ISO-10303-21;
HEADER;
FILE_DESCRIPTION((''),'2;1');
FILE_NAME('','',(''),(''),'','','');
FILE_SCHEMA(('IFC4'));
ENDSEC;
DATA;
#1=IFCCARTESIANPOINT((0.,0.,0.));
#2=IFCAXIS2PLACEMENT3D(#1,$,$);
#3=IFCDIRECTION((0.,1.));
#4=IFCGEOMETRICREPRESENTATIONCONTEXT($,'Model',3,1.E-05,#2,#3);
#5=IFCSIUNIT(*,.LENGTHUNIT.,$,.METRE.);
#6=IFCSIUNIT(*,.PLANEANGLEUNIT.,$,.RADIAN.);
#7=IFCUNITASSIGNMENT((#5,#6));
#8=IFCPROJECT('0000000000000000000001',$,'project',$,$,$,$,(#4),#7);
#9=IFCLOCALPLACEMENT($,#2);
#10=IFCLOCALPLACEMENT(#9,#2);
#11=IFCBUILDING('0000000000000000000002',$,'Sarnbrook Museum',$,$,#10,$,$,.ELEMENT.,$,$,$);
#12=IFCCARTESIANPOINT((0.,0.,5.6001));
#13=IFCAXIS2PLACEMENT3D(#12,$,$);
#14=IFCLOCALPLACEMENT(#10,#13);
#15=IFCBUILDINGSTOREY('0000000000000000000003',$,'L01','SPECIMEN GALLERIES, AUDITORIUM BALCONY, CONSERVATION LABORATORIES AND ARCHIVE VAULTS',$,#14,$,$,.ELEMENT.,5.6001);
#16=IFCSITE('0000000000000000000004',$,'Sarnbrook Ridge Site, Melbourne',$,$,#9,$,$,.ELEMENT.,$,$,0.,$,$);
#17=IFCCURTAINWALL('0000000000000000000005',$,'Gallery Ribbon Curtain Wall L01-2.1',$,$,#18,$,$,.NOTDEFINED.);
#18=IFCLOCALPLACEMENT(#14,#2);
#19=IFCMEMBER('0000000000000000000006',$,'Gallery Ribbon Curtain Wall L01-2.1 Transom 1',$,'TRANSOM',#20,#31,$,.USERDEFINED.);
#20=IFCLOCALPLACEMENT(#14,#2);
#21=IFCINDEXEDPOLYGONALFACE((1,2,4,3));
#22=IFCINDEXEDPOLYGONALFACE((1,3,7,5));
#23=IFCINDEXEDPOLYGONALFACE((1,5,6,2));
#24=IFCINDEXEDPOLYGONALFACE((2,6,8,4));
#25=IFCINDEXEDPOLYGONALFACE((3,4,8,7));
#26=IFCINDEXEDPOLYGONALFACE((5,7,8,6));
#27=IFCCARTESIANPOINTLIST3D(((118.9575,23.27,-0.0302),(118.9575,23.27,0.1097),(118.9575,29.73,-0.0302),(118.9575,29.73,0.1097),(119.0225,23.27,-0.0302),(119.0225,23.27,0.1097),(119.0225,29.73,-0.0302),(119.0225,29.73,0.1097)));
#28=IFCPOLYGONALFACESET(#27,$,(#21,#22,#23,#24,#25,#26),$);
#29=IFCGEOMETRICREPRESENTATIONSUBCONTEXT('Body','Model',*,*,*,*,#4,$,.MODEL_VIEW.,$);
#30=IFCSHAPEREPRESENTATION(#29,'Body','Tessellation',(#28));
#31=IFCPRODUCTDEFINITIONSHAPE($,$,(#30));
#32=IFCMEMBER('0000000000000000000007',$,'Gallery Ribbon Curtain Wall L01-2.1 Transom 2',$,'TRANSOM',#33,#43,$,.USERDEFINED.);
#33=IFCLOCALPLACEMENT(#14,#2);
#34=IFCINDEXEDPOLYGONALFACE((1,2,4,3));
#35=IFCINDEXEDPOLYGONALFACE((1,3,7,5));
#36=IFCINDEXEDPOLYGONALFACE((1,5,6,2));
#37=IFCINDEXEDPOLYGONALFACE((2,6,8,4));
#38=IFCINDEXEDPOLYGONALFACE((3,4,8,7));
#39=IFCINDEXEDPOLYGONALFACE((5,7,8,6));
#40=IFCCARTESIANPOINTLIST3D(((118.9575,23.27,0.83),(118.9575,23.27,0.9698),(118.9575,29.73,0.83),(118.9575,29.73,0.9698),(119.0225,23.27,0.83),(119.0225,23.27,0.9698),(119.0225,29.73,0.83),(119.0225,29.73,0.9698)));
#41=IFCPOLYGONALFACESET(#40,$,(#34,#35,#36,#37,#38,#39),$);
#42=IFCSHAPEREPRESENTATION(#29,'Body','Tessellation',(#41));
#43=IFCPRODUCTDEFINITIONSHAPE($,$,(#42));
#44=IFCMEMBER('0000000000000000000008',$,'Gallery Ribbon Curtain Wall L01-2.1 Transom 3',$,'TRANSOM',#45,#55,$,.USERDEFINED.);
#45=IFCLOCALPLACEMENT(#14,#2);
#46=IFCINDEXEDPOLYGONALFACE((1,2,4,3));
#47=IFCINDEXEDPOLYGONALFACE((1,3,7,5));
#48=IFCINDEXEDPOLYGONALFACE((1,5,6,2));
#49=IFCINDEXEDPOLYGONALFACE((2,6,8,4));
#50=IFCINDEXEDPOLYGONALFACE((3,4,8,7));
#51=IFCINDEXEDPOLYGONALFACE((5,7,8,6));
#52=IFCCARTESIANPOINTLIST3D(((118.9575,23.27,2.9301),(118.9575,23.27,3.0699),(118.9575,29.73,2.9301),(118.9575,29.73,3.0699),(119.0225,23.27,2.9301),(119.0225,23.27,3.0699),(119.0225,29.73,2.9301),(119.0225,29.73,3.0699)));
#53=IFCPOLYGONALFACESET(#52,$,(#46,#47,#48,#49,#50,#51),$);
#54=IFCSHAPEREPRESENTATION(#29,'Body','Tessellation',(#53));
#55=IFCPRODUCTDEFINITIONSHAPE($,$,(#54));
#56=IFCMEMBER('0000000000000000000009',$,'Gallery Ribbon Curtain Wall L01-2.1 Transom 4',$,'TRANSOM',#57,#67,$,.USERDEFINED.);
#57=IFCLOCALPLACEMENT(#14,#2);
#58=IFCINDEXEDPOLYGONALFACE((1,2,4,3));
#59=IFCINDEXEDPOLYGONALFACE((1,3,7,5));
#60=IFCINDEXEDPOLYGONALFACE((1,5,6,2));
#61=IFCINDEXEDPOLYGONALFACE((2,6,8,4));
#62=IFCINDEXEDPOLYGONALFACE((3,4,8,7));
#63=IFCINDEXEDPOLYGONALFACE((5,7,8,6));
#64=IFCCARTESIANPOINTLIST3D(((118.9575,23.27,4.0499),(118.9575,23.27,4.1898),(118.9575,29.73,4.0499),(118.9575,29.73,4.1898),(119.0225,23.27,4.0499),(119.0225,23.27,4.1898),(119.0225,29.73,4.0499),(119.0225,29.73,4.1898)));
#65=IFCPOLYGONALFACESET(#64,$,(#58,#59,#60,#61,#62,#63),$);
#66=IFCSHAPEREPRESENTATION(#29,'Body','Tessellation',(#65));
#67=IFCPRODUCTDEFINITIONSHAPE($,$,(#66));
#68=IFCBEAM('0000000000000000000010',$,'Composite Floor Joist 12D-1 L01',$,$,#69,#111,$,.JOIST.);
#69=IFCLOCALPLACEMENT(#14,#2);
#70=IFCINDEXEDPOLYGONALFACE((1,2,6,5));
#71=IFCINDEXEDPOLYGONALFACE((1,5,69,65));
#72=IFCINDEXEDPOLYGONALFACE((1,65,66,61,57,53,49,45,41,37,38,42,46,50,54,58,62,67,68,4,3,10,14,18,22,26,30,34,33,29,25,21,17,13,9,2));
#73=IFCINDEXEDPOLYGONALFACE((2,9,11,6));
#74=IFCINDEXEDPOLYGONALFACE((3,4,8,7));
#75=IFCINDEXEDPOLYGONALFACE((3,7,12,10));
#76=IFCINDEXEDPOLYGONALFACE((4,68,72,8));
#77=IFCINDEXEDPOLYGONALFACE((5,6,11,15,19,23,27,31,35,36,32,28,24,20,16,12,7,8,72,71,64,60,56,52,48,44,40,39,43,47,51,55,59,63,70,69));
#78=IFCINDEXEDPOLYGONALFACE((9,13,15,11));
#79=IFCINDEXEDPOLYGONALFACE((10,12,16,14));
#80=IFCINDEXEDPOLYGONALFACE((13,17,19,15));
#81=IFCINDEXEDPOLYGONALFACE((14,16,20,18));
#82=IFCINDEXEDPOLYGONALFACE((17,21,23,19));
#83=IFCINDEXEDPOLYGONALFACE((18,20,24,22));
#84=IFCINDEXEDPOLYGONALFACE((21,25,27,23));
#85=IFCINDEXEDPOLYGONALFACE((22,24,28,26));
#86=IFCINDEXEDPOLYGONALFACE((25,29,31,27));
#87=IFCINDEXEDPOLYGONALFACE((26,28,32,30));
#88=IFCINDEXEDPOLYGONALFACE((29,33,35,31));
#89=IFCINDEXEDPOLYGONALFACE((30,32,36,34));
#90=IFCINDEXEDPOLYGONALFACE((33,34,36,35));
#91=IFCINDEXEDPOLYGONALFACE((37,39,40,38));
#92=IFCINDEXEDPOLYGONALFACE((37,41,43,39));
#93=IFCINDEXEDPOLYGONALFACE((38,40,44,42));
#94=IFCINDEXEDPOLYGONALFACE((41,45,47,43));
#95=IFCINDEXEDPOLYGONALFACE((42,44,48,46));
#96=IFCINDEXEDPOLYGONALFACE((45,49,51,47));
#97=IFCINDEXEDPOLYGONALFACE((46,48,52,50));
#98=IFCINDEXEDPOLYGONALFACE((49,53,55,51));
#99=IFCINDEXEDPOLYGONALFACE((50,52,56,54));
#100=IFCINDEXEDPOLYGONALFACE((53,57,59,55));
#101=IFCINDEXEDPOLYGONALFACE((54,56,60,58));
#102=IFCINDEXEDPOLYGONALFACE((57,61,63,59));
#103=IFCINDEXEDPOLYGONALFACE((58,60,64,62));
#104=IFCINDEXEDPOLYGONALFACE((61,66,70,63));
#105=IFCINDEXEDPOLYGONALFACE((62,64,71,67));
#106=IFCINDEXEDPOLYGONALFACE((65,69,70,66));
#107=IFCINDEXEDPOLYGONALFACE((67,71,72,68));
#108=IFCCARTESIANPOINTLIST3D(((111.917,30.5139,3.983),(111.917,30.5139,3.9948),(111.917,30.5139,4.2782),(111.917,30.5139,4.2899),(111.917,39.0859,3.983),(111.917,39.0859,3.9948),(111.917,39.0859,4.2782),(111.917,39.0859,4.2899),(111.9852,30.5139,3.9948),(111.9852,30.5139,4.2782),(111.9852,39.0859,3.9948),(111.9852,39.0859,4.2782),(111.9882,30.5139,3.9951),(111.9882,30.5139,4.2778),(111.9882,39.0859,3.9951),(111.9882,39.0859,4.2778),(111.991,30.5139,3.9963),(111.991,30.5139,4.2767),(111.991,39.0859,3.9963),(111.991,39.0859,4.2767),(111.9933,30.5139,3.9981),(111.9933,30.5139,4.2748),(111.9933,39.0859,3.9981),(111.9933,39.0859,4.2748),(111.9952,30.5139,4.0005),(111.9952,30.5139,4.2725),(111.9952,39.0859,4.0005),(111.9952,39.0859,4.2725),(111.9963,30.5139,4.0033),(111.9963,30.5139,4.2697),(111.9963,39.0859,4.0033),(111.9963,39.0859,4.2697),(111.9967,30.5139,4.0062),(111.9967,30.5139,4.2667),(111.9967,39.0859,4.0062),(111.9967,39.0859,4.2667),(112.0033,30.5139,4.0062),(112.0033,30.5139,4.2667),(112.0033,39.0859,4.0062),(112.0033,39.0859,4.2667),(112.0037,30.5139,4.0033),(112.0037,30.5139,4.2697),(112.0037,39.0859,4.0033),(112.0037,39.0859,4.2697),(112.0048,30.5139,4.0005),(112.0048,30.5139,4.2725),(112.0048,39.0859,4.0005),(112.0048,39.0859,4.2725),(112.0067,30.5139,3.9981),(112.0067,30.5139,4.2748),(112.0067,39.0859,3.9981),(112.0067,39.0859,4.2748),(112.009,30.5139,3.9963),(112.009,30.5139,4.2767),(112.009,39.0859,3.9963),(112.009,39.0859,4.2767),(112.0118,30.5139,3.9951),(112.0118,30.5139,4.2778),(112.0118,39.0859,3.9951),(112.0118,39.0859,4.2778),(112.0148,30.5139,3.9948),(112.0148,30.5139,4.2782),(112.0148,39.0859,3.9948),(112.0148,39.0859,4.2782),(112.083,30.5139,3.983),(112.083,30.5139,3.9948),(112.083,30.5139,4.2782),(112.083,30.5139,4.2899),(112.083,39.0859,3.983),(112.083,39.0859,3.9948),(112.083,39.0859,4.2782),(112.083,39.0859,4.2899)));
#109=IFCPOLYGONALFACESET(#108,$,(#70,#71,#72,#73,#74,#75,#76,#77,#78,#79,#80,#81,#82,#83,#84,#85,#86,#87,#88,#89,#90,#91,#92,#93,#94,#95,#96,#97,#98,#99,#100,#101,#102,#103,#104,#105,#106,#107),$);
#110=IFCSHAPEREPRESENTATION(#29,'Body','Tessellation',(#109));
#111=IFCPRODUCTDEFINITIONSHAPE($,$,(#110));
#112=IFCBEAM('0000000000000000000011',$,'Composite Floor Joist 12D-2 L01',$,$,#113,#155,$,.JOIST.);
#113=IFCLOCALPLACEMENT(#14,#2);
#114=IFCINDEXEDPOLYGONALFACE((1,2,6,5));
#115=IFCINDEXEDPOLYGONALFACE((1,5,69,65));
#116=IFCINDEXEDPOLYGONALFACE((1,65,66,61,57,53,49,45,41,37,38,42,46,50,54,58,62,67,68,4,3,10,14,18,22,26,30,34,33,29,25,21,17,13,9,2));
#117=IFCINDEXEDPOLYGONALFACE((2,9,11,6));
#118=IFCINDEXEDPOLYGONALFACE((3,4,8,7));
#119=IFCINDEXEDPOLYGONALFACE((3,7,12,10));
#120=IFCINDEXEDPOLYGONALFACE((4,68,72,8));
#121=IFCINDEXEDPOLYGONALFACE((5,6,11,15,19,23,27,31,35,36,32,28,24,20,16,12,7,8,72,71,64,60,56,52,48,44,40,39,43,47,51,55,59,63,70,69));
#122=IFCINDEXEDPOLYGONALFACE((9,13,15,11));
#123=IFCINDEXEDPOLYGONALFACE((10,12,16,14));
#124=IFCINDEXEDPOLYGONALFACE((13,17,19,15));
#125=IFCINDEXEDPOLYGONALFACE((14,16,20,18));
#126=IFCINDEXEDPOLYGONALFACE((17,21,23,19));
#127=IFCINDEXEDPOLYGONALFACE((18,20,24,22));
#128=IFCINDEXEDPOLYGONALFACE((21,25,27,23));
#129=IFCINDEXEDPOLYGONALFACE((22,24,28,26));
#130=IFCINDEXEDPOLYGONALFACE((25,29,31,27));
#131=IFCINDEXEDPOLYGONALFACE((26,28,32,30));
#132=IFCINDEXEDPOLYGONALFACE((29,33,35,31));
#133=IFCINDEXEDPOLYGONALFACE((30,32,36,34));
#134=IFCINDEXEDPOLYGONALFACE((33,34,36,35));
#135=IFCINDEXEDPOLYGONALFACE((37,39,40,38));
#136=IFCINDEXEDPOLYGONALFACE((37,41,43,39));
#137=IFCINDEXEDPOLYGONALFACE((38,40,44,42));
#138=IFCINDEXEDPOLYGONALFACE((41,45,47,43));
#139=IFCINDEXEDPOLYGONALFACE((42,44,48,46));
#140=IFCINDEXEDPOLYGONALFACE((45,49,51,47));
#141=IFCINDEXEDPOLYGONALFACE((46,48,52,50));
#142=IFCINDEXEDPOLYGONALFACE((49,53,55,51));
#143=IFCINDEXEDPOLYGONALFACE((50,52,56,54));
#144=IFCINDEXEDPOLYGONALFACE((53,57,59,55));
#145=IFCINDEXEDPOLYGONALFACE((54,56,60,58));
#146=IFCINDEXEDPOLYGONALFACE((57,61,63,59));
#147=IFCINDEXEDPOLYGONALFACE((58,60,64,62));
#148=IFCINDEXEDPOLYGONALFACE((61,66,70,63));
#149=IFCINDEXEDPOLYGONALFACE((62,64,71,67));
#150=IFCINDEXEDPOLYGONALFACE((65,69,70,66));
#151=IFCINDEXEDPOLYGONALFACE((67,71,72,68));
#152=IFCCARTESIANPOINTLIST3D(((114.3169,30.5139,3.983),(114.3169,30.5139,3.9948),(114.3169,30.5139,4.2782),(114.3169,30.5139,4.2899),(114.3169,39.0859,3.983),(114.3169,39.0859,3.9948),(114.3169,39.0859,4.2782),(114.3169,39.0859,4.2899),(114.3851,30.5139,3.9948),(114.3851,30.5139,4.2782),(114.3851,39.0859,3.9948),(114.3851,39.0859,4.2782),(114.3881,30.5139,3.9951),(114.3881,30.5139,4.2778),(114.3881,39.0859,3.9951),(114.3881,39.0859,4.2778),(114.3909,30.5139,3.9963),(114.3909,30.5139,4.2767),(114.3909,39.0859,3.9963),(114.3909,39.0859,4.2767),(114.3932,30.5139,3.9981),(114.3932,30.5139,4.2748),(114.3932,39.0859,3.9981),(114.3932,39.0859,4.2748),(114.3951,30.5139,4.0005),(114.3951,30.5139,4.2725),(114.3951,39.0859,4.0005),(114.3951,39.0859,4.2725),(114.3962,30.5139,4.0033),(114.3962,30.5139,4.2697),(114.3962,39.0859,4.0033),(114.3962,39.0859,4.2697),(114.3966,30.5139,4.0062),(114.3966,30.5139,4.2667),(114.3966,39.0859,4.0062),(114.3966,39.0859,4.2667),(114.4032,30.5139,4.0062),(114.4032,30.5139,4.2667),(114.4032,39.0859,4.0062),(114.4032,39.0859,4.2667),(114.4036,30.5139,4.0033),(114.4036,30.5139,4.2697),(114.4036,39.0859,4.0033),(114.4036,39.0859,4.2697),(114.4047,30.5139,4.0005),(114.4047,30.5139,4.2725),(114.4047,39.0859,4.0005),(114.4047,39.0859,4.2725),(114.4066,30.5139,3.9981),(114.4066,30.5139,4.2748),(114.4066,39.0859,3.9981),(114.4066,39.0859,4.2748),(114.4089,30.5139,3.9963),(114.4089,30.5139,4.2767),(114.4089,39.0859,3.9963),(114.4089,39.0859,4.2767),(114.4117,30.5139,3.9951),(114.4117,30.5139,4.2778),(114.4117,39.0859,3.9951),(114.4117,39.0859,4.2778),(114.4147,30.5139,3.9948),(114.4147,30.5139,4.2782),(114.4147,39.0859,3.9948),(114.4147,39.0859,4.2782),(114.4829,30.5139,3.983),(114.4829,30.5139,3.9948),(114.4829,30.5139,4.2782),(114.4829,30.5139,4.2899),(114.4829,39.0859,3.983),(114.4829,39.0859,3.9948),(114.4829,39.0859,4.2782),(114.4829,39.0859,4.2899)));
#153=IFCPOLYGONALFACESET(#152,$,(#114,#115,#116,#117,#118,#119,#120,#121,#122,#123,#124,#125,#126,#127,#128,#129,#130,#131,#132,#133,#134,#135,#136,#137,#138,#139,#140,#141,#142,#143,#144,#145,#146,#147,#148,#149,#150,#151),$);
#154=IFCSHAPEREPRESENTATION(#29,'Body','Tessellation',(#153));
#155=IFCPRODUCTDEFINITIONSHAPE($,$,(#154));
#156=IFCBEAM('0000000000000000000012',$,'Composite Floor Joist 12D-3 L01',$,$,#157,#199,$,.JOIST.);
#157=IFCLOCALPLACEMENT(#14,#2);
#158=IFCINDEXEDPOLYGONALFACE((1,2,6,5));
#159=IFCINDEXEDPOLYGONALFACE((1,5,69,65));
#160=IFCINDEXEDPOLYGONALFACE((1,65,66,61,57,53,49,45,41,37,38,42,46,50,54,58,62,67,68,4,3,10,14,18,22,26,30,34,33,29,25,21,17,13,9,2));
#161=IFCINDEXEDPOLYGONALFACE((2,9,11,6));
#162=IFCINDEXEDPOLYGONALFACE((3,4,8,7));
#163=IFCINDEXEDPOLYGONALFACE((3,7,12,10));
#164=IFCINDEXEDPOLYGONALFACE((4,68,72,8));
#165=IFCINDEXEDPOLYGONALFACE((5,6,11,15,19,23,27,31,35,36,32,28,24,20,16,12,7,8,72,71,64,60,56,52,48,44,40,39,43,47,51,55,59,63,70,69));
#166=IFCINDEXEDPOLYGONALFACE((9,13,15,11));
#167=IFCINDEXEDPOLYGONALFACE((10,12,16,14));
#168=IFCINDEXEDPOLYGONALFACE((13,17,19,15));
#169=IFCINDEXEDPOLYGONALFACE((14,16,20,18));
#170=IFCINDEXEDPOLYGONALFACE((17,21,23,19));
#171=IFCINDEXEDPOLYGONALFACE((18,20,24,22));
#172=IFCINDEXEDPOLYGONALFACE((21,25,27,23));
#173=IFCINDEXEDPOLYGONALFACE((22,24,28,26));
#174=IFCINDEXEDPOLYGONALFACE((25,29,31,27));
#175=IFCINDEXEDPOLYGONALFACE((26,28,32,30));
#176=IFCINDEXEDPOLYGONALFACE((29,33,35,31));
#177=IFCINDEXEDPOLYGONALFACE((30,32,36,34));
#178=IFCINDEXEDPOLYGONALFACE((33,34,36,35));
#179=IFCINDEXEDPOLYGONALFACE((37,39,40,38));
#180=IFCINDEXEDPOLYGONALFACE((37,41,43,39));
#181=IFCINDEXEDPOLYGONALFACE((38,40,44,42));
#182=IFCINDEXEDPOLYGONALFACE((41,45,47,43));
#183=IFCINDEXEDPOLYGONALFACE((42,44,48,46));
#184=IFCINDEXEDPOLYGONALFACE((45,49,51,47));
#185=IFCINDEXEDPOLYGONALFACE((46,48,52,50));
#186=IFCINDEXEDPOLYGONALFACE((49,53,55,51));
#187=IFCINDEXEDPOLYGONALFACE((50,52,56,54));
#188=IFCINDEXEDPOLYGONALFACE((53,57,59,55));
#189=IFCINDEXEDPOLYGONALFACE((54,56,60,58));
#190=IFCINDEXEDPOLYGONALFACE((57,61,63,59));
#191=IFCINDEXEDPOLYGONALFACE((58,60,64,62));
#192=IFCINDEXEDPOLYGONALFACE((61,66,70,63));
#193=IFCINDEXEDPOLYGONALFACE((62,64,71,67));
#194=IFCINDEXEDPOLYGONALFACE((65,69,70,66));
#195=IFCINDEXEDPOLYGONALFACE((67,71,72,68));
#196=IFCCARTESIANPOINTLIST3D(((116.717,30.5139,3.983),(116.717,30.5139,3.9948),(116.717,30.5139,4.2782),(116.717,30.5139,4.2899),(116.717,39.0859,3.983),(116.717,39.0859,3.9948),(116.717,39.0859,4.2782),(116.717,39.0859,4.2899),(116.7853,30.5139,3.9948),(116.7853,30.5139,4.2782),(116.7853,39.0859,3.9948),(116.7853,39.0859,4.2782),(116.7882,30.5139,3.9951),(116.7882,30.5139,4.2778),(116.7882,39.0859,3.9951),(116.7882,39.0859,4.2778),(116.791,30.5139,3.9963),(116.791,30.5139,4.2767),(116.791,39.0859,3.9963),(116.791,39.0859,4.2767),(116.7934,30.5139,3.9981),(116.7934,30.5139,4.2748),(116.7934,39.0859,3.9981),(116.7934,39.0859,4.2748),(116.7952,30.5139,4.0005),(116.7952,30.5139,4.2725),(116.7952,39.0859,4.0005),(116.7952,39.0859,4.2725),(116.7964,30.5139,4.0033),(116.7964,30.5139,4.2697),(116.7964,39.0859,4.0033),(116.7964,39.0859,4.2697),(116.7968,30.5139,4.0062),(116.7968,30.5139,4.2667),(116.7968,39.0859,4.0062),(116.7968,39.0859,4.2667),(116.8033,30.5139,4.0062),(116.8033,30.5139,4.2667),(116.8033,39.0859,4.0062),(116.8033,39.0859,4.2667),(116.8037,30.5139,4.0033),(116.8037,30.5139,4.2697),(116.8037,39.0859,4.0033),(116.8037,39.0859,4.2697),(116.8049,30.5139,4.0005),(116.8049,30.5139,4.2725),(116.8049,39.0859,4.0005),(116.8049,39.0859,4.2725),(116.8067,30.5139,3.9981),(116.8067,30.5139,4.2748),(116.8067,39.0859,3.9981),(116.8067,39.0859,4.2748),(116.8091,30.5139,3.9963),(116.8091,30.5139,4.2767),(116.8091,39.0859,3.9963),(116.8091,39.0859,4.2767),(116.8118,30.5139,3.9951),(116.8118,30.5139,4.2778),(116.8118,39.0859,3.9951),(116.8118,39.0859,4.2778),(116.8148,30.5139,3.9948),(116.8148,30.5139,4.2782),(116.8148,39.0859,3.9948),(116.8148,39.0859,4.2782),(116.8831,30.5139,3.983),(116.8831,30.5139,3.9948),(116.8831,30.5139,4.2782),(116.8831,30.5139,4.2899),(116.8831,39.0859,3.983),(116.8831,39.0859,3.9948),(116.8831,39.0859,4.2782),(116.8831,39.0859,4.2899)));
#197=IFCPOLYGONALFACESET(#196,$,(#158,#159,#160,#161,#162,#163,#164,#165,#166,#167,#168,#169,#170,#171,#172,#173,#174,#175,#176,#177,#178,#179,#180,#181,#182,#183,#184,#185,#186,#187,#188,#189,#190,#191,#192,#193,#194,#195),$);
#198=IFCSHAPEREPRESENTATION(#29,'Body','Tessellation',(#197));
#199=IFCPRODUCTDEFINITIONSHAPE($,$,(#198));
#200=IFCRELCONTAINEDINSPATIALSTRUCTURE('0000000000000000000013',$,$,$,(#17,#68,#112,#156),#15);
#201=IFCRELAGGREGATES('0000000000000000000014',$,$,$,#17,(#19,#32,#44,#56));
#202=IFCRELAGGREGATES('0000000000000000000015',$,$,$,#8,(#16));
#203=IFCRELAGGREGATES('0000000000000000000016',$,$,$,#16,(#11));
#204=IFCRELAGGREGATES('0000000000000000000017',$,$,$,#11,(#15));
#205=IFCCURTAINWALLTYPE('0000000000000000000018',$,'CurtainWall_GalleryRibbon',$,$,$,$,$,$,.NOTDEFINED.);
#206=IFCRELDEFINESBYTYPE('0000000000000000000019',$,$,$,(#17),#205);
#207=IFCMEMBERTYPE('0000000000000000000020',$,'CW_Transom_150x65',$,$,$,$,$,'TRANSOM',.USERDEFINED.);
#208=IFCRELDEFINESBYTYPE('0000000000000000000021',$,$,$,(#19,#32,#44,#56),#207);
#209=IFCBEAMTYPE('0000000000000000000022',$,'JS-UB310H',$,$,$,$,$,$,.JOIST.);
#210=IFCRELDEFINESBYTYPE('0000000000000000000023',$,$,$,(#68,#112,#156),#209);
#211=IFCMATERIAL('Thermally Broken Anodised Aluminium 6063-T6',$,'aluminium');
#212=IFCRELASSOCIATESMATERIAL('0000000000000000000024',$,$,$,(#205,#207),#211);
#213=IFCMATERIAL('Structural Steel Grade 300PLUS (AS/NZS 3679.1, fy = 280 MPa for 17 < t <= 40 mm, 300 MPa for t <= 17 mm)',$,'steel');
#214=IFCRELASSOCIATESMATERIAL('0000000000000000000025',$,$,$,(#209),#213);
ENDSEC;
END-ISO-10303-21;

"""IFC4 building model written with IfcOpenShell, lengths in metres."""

from ifc_helpers import new_model, si_unit, direction, frame, origin, origin_2d, place, context, subcontext, project, spatial, rectangle, i_section, extrude, material, material_profile, profile_set, type_object, element, aggregate, save


model = new_model("IFC4")

# Units and contexts
model_context = context("Model", 3, precision=1e-05, world=origin(), true_north=direction((0.0, 1.0)))
body_context = subcontext(model_context, "Body", "Model", "MODEL_VIEW")
ifc_project = project(units=[si_unit("LENGTHUNIT", "METRE"), si_unit("PLANEANGLEUNIT", "RADIAN")], contexts=[model_context])

# Site, building, storey
site_placement = place(None, origin())
site = spatial("IfcSite", under=ifc_project, at=site_placement, Name="Sarnbrook Ridge Site, Melbourne", CompositionType="ELEMENT", RefElevation=0.0)
building_placement = place(site_placement, origin())
building = spatial("IfcBuilding", under=site, at=building_placement, Name="Sarnbrook Museum", CompositionType="ELEMENT")
storey_placement = place(building_placement, frame((0.0, 0.0, 5.6001)))
storey = spatial("IfcBuildingStorey", under=building, at=storey_placement, Name="L01", Description="SPECIMEN GALLERIES, AUDITORIUM BALCONY, CONSERVATION LABORATORIES AND ARCHIVE VAULTS", CompositionType="ELEMENT", Elevation=5.6001)

# Shared definitions
ifc_material_1 = material(Name="Structural Steel Grade 300PLUS (AS/NZS 3679.1, fy = 280 MPa for 17 < t <= 40 mm, 300 MPa for t <= 17 mm)", Category="steel")

# Curtain wall, members
ifc_material_2 = material(Name="Thermally Broken Anodised Aluminium 6063-T6", Category="aluminium")
curtain_wall_type = type_object("IfcCurtainWallType", Name="CurtainWall_GalleryRibbon", PredefinedType="NOTDEFINED", material=ifc_material_2)
curtain_wall_placement = place(storey_placement, origin())
curtain_wall = element("IfcCurtainWall", 1, at=curtain_wall_placement, inside=storey, type_object=curtain_wall_type, Name="Gallery Ribbon Curtain Wall L01-2.1", PredefinedType="NOTDEFINED")
ifc_material_profile_1 = material_profile(ifc_material_2, rectangle(XDim=0.0649, YDim=0.1399, at=origin_2d()), Name="ALU TRANSOM 65x140")
ifc_profile_set_1 = profile_set([ifc_material_profile_1], Name="Thermally Broken Anodised Aluminium 6063-T6")
member_type_1 = type_object("IfcMemberType", Name="CW_Transom_150x65", ElementType="TRANSOM", PredefinedType="USERDEFINED", material=ifc_profile_set_1)
member_1_placement = place(storey_placement, frame((118.99, 23.27, 0.0398), z_axis=(0.0, 1.0, 0.0), x_axis=(-1.0, 0.0, 0.0)))
member_1 = element("IfcMember", 2, at=member_1_placement, type_object=member_type_1, Name="Gallery Ribbon Curtain Wall L01-2.1 Transom 1", ObjectType="TRANSOM", PredefinedType="USERDEFINED", context=body_context, shape_type="SweptSolid", body=[
    extrude(rectangle(XDim=0.0649, YDim=0.1399, at=origin_2d()), origin(), (0.0, 0.0, 1.0), 6.46),
])
member_2_placement = place(storey_placement, frame((118.99, 23.27, 0.8999), z_axis=(0.0, 1.0, 0.0), x_axis=(-1.0, 0.0, 0.0)))
member_2 = element("IfcMember", 3, at=member_2_placement, type_object=member_type_1, Name="Gallery Ribbon Curtain Wall L01-2.1 Transom 2", ObjectType="TRANSOM", PredefinedType="USERDEFINED", context=body_context, shape_type="SweptSolid", body=[
    extrude(rectangle(XDim=0.0649, YDim=0.1399, at=origin_2d()), origin(), (0.0, 0.0, 1.0), 6.46),
])
member_3_placement = place(storey_placement, frame((118.99, 23.27, 3.0), z_axis=(0.0, 1.0, 0.0), x_axis=(-1.0, 0.0, 0.0)))
member_3 = element("IfcMember", 4, at=member_3_placement, type_object=member_type_1, Name="Gallery Ribbon Curtain Wall L01-2.1 Transom 3", ObjectType="TRANSOM", PredefinedType="USERDEFINED", context=body_context, shape_type="SweptSolid", body=[
    extrude(rectangle(XDim=0.0649, YDim=0.1399, at=origin_2d()), origin(), (0.0, 0.0, 1.0), 6.46),
])
member_4_placement = place(storey_placement, frame((118.99, 23.27, 4.1199), z_axis=(0.0, 1.0, 0.0), x_axis=(-1.0, 0.0, 0.0)))
member_4 = element("IfcMember", 5, at=member_4_placement, type_object=member_type_1, Name="Gallery Ribbon Curtain Wall L01-2.1 Transom 4", ObjectType="TRANSOM", PredefinedType="USERDEFINED", context=body_context, shape_type="SweptSolid", body=[
    extrude(rectangle(XDim=0.0649, YDim=0.1399, at=origin_2d()), origin(), (0.0, 0.0, 1.0), 6.46),
])

# Beams
ifc_material_profile_2 = material_profile(ifc_material_1, i_section(OverallWidth=0.166, OverallDepth=0.3069, WebThickness=0.0066, FlangeThickness=0.0117, FilletRadius=0.0115, at=origin_2d()), Name="310UB46.2")
ifc_profile_set_2 = profile_set([ifc_material_profile_2], Name="Structural Steel Grade 300PLUS (AS/NZS 3679.1, fy = 280 MPa for 17 < t <= 40 mm, 300 MPa for t <= 17 mm)")
beam_type_1 = type_object("IfcBeamType", Name="JS-UB310H", PredefinedType="JOIST", material=ifc_profile_set_2)
for number, where, z_axis, x_axis, name in (
    (6, (112.0, 30.5139, 4.1365), (0.0, 1.0, 0.0), (-1.0, 0.0, 0.0), "Composite Floor Joist 12D-1 L01"),
    (7, (114.3999, 30.5139, 4.1365), (0.0, 1.0, 0.0), (-1.0, 0.0, 0.0), "Composite Floor Joist 12D-2 L01"),
    (8, (116.8, 30.5139, 4.1365), (0.0, 1.0, 0.0), (-1.0, 0.0, 0.0), "Composite Floor Joist 12D-3 L01"),
):
    element("IfcBeam", number, at=place(storey_placement, frame(where, z_axis=z_axis, x_axis=x_axis)), inside=storey, type_object=beam_type_1, Name=name, PredefinedType="JOIST", context=body_context, shape_type="SweptSolid", body=[
        extrude(i_section(OverallWidth=0.166, OverallDepth=0.3069, WebThickness=0.0066, FlangeThickness=0.0117, FilletRadius=0.0115, at=origin_2d()), origin(), (0.0, 0.0, 1.0), 8.572),
    ])

aggregate(curtain_wall, [member_1, member_2, member_3, member_4])

save(model, "model.ifc")
